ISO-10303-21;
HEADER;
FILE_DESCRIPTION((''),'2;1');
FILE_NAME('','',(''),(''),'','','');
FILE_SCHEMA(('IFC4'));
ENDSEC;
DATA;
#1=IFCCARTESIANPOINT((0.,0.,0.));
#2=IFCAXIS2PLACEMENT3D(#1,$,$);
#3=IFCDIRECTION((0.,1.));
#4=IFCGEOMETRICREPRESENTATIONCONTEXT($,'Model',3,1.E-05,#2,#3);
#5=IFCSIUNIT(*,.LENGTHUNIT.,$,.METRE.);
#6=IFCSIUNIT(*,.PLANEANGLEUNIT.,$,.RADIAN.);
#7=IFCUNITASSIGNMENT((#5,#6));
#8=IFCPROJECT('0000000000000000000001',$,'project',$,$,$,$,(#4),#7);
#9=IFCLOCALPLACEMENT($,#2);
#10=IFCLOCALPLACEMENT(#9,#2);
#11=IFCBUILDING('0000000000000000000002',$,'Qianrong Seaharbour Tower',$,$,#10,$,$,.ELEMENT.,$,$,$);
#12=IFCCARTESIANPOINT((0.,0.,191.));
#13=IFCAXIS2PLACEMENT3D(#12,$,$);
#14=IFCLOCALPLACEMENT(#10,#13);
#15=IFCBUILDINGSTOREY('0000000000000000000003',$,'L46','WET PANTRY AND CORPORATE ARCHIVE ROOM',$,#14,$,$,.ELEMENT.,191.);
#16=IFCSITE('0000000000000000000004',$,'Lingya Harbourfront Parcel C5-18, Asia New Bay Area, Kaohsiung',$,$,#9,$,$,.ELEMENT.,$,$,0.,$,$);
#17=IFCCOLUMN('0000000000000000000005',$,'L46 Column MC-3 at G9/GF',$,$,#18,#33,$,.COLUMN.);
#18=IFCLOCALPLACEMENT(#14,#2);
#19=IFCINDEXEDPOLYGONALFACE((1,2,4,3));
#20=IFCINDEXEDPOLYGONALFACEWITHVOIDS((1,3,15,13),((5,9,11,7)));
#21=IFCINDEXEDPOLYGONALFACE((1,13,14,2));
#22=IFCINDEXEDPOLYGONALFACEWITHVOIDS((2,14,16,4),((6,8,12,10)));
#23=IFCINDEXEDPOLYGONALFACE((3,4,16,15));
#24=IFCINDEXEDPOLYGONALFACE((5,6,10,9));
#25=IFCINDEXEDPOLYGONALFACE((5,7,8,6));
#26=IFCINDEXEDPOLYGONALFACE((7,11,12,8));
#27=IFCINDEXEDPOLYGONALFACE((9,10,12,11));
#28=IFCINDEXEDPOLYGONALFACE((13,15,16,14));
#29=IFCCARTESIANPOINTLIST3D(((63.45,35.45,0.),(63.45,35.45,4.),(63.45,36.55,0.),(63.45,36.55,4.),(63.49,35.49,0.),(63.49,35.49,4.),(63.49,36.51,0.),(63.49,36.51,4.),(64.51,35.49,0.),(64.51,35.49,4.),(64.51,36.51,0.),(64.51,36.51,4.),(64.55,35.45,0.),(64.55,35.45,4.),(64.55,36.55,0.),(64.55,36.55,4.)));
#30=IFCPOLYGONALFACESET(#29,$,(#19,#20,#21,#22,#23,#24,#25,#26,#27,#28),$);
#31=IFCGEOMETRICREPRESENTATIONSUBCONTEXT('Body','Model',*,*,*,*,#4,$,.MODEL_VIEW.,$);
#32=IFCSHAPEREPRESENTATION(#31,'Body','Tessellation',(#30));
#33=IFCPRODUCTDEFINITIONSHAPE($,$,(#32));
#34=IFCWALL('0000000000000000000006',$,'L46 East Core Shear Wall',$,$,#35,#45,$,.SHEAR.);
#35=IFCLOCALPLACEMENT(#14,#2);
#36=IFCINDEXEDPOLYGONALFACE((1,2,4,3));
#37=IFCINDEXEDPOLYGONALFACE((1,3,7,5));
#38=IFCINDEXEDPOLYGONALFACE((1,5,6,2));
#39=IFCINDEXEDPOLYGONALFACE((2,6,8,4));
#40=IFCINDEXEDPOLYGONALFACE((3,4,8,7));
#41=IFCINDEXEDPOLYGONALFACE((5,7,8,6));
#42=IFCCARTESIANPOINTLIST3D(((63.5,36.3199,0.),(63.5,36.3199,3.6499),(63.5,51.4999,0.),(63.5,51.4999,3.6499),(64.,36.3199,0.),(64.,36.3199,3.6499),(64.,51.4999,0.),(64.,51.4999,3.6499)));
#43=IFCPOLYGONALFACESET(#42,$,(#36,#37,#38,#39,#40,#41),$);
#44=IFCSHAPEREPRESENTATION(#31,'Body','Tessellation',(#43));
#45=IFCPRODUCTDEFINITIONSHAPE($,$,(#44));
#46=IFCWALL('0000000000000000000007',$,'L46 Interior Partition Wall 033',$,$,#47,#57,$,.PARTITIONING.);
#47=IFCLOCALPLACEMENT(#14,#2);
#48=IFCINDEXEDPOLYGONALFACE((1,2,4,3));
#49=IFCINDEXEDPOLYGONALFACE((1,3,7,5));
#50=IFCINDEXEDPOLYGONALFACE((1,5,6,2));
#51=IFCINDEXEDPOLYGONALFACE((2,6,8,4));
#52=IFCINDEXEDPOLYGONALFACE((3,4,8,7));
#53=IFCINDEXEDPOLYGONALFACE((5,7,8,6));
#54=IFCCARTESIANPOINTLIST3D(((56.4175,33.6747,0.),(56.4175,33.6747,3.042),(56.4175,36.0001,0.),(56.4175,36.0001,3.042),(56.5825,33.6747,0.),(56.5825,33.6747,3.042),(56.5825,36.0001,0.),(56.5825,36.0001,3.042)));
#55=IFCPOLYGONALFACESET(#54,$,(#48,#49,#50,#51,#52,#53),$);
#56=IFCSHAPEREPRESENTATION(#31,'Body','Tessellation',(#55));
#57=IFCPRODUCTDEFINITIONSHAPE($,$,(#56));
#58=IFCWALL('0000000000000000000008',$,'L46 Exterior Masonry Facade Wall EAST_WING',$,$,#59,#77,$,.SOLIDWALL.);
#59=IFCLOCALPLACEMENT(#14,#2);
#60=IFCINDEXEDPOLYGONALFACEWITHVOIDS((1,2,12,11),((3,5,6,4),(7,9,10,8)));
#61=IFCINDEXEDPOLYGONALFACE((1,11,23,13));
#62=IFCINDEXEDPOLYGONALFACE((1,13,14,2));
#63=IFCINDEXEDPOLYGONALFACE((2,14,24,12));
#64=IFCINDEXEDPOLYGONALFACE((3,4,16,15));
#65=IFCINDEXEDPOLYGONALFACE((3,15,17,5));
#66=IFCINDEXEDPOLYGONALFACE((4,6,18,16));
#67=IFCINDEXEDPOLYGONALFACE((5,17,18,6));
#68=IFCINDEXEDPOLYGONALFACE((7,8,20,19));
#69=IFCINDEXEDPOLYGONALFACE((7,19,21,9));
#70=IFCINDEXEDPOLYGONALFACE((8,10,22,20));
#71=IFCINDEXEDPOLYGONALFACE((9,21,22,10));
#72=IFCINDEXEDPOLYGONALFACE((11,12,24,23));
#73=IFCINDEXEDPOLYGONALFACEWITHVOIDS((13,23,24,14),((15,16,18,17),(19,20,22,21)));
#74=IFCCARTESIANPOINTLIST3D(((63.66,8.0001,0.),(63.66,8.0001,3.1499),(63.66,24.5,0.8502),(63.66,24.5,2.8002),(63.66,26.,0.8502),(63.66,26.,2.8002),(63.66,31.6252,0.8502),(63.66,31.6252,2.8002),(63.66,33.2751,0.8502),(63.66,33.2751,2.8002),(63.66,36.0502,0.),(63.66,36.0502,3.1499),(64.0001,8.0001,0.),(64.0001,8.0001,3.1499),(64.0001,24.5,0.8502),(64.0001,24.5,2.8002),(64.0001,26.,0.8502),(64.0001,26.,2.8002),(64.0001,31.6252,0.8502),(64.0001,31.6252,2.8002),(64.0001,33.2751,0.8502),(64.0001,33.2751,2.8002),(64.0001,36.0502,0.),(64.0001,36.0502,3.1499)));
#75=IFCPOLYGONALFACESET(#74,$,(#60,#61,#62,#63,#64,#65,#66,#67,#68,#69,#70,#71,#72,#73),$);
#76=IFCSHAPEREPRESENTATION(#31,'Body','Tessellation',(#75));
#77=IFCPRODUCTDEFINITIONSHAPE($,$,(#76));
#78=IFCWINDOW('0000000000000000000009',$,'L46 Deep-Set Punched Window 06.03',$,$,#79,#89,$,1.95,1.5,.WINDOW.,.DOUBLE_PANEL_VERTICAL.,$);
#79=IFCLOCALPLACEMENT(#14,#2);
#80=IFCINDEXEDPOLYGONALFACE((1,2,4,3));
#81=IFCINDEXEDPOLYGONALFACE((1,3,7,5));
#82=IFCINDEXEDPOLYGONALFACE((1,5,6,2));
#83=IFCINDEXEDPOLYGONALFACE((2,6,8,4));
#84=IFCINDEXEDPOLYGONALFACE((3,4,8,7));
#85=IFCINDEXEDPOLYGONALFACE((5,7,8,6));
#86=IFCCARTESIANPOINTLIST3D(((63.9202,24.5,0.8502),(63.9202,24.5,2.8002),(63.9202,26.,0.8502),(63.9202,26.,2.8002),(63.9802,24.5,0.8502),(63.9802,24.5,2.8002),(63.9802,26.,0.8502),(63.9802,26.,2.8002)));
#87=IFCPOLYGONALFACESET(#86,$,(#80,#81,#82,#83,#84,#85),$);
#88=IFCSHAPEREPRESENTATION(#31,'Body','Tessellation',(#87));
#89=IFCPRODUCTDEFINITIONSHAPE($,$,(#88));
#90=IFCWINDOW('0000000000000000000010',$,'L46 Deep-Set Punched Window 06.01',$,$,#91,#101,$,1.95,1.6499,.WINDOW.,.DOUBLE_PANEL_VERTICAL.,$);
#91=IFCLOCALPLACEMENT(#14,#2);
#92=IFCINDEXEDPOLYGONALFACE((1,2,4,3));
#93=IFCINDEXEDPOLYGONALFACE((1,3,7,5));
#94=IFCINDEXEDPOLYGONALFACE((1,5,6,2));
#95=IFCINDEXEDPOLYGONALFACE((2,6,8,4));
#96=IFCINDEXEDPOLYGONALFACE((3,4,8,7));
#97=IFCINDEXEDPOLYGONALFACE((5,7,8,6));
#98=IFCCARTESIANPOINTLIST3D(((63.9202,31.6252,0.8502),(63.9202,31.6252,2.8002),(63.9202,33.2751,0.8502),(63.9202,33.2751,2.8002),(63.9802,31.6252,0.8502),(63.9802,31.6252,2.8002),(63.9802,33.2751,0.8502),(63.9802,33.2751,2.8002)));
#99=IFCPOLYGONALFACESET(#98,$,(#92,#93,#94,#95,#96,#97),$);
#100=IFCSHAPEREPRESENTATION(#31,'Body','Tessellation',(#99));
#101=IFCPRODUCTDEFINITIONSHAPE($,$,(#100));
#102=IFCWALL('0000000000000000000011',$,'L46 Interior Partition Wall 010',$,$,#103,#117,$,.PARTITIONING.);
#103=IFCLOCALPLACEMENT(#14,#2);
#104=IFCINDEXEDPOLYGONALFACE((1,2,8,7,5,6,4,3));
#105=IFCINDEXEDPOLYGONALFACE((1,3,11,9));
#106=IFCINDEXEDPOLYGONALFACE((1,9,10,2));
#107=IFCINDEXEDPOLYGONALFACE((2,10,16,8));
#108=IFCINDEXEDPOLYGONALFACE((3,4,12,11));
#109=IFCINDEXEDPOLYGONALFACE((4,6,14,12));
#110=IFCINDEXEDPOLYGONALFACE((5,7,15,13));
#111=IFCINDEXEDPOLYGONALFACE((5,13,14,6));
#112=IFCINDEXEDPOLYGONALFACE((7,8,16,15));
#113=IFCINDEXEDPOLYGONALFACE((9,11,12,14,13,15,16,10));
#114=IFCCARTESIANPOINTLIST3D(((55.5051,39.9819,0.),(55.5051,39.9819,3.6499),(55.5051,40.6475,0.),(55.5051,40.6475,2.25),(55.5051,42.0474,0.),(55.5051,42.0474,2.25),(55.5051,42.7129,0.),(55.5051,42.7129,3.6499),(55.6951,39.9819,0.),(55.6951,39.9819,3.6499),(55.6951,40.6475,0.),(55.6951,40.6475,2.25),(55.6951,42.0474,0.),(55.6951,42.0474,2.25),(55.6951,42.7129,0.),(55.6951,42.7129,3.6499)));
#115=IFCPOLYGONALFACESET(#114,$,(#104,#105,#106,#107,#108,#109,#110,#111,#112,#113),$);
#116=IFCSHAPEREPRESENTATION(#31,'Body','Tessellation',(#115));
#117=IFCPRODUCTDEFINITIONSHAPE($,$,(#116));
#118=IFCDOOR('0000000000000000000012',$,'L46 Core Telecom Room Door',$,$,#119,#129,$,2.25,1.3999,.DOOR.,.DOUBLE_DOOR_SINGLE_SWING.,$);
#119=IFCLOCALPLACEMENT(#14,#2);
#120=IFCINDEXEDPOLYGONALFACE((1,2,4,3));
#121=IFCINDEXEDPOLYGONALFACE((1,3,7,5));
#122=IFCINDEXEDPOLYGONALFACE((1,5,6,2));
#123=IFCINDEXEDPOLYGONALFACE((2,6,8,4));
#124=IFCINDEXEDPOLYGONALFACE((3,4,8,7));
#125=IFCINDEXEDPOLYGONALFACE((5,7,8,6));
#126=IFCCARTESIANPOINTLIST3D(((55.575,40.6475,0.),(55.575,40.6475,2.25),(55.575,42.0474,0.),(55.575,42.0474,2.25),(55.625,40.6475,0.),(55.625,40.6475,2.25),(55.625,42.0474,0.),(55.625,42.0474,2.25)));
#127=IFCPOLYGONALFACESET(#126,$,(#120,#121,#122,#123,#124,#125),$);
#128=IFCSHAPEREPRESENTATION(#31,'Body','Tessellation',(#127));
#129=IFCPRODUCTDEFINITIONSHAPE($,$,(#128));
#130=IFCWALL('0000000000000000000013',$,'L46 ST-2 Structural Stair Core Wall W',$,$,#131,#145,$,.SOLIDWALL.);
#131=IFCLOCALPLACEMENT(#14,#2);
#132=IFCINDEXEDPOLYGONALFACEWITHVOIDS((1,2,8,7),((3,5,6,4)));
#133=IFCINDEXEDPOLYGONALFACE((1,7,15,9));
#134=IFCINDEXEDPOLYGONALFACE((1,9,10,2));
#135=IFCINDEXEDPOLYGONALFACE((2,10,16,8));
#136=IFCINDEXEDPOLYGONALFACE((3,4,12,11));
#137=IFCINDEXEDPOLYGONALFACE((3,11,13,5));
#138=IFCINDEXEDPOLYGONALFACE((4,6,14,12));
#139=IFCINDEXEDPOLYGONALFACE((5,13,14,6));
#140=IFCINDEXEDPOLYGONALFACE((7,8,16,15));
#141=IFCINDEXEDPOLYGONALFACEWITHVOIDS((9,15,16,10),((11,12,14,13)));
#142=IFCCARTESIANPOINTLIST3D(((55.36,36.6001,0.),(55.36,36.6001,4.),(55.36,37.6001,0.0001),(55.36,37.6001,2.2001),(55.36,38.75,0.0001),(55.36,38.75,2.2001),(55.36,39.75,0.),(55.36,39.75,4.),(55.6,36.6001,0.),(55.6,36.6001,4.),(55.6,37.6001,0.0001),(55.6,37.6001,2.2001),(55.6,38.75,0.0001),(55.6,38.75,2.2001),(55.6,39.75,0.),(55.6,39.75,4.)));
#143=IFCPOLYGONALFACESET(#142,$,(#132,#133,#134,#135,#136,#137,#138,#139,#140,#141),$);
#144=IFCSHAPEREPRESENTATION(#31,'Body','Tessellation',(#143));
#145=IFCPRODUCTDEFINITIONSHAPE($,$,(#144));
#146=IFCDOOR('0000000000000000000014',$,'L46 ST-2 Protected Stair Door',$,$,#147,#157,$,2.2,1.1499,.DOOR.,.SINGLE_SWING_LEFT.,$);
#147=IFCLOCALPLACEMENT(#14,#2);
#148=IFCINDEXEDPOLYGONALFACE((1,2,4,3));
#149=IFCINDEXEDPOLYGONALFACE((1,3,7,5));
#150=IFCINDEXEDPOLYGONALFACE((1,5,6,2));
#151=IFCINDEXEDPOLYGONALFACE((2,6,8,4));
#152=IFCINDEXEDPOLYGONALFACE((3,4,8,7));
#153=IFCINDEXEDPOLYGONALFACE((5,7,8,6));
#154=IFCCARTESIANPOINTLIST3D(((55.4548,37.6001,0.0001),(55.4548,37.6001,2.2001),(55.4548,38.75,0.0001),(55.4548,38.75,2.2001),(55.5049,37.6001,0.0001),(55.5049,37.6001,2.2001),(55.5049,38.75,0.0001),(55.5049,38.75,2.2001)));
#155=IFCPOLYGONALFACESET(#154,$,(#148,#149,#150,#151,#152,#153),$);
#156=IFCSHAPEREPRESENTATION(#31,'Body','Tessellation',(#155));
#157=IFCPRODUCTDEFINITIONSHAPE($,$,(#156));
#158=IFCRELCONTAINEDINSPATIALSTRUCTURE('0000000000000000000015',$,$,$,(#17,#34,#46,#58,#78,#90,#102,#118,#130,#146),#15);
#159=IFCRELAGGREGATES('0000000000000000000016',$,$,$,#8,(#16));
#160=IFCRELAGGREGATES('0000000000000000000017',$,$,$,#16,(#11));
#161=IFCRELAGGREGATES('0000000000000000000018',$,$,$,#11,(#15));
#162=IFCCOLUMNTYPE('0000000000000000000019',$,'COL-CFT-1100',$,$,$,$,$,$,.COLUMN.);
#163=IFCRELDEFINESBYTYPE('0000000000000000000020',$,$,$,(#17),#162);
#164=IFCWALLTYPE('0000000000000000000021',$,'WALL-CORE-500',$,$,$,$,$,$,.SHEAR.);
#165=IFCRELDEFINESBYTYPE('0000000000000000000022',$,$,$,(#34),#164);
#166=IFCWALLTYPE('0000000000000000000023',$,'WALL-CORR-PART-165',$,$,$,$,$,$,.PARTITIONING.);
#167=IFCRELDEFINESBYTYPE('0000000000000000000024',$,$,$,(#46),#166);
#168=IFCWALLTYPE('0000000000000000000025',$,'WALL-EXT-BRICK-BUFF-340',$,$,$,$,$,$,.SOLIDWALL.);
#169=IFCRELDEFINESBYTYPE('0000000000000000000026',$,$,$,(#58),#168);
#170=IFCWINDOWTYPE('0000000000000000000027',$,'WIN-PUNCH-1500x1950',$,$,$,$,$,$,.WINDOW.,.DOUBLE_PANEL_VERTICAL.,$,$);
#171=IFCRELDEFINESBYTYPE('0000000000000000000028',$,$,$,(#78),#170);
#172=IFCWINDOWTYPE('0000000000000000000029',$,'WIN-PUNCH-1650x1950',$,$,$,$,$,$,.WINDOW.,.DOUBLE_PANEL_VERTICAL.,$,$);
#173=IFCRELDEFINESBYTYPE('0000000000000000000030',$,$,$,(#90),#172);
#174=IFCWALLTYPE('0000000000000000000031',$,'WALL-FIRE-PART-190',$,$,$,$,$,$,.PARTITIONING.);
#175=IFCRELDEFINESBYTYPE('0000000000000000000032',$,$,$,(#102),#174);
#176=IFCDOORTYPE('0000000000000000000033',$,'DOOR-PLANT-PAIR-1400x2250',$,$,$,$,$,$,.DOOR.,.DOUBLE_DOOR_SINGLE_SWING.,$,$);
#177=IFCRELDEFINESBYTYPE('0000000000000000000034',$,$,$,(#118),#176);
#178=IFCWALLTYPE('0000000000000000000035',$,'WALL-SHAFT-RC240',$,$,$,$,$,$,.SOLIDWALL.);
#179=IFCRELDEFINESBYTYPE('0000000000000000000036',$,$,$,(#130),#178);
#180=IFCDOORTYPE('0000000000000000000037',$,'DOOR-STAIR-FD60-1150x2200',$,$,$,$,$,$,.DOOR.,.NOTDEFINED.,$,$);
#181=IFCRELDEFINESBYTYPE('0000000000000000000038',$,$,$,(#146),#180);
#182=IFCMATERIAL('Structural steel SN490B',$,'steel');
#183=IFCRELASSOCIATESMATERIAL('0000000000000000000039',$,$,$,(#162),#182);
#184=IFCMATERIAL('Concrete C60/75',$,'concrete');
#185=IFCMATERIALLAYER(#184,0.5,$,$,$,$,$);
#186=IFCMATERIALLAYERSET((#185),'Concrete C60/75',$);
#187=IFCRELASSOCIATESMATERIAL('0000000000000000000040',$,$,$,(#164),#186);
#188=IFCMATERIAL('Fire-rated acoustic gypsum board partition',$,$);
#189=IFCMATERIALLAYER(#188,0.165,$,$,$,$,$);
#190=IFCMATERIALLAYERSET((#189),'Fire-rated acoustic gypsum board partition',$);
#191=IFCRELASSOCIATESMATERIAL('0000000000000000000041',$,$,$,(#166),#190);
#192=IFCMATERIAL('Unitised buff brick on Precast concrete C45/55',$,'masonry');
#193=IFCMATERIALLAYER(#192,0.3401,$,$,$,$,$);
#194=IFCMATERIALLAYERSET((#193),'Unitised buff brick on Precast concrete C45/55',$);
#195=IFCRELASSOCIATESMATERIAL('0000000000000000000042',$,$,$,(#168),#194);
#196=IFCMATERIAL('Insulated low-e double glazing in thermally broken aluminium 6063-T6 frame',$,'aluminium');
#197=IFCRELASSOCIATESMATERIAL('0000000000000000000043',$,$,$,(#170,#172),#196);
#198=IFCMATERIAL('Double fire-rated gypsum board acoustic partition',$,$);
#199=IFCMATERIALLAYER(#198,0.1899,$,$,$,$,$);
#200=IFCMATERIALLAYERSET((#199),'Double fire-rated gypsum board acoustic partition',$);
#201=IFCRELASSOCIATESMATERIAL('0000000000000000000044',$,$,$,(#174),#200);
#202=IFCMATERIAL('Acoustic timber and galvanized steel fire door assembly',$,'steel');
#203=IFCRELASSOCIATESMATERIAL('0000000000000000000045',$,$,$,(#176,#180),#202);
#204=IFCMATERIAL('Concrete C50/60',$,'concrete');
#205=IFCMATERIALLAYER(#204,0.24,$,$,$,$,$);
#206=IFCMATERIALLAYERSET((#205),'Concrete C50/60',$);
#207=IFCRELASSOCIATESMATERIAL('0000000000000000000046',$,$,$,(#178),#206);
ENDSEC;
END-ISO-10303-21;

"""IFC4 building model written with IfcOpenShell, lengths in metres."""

from ifc_helpers import new_model, si_unit, direction, frame, frame_2d, origin, origin_2d, place, context, subcontext, project, spatial, rectangle, hollow_rectangle, extrude, material, layer, layer_set, material_profile, profile_set, type_object, element, fill, save


model = new_model("IFC4")

# Units and contexts
model_context = context("Model", 3, precision=1e-05, world=origin(), true_north=direction((0.0, 1.0)))
body_context = subcontext(model_context, "Body", "Model", "MODEL_VIEW")
ifc_project = project(units=[si_unit("LENGTHUNIT", "METRE"), si_unit("PLANEANGLEUNIT", "RADIAN")], contexts=[model_context])

# Site, building, storey
site_placement = place(None, origin())
site = spatial("IfcSite", under=ifc_project, at=site_placement, Name="Lingya Harbourfront Parcel C5-18, Asia New Bay Area, Kaohsiung", CompositionType="ELEMENT", RefElevation=0.0)
building_placement = place(site_placement, origin())
building = spatial("IfcBuilding", under=site, at=building_placement, Name="Qianrong Seaharbour Tower", CompositionType="ELEMENT")
storey_placement = place(building_placement, frame((0.0, 0.0, 191.0)))
storey = spatial("IfcBuildingStorey", under=building, at=storey_placement, Name="L46", Description="WET PANTRY AND CORPORATE ARCHIVE ROOM", CompositionType="ELEMENT", Elevation=191.0)

# Column
ifc_material_1 = material(Name="Structural steel SN490B", Category="steel")
ifc_material_profile = material_profile(ifc_material_1, hollow_rectangle(XDim=1.1001, YDim=1.1001, WallThickness=0.04, at=origin_2d()), Name="BOX1100x1100x40")
ifc_profile_set = profile_set([ifc_material_profile], Name="Structural steel SN490B")
column_type = type_object("IfcColumnType", Name="COL-CFT-1100", PredefinedType="COLUMN", material=ifc_profile_set)
column_placement = place(storey_placement, frame((64.0, 36.0, 0.0), z_axis=(0.0, 0.0, 1.0), x_axis=(1.0, 0.0, 0.0)))
element("IfcColumn", 1, at=column_placement, inside=storey, type_object=column_type, Name="L46 Column MC-3 at G9/GF", PredefinedType="COLUMN", context=body_context, shape_type="SweptSolid", body=[
    extrude(hollow_rectangle(XDim=1.1001, YDim=1.1001, WallThickness=0.04, at=origin_2d()), origin(), (0.0, 0.0, 1.0), 4.0),
])

# Walls
ifc_material_2 = material(Name="Concrete C60/75", Category="concrete")
ifc_layer_1 = layer(ifc_material_2, 0.5)
ifc_layer_set_1 = layer_set([ifc_layer_1], Name="Concrete C60/75")
wall_type_1 = type_object("IfcWallType", Name="WALL-CORE-500", PredefinedType="SHEAR", material=ifc_layer_set_1)
wall_1_placement = place(storey_placement, frame((63.75, 36.3201, 0.0), z_axis=(0.0, 0.0, 1.0), x_axis=(0.0, 1.0, 0.0)))
element("IfcWall", 2, at=wall_1_placement, inside=storey, type_object=wall_type_1, Name="L46 East Core Shear Wall", PredefinedType="SHEAR", context=body_context, shape_type="SweptSolid", body=[
    extrude(rectangle(XDim=15.1799, YDim=0.5, at=frame_2d((7.5898, 0.0))), origin(), (0.0, 0.0, 1.0), 3.6499),
])
ifc_material_3 = material(Name="Fire-rated acoustic gypsum board partition")
ifc_layer_2 = layer(ifc_material_3, 0.165)
ifc_layer_set_2 = layer_set([ifc_layer_2], Name="Fire-rated acoustic gypsum board partition")
wall_type_2 = type_object("IfcWallType", Name="WALL-CORR-PART-165", PredefinedType="PARTITIONING", material=ifc_layer_set_2)
wall_2_placement = place(storey_placement, frame((56.5, 36.0, 0.0), z_axis=(0.0, 0.0, 1.0), x_axis=(0.0, -1.0, 0.0)))
element("IfcWall", 3, at=wall_2_placement, inside=storey, type_object=wall_type_2, Name="L46 Interior Partition Wall 033", PredefinedType="PARTITIONING", context=body_context, shape_type="SweptSolid", body=[
    extrude(rectangle(XDim=2.3254, YDim=0.165, at=frame_2d((1.1626, 0.0))), origin(), (0.0, 0.0, 1.0), 3.042),
])

# Wall, openings, windows
ifc_material_4 = material(Name="Unitised buff brick on Precast concrete C45/55", Category="masonry")
ifc_layer_3 = layer(ifc_material_4, 0.3401)
ifc_layer_set_3 = layer_set([ifc_layer_3], Name="Unitised buff brick on Precast concrete C45/55")
wall_type_3 = type_object("IfcWallType", Name="WALL-EXT-BRICK-BUFF-340", PredefinedType="SOLIDWALL", material=ifc_layer_set_3)
wall_3_placement = place(storey_placement, frame((63.8301, 36.05, 0.0), z_axis=(0.0, 0.0, 1.0), x_axis=(0.0, -1.0, 0.0)))
wall_3 = element("IfcWall", 4, at=wall_3_placement, inside=storey, type_object=wall_type_3, Name="L46 Exterior Masonry Facade Wall EAST_WING", PredefinedType="SOLIDWALL", context=body_context, shape_type="SweptSolid", body=[
    extrude(rectangle(XDim=28.05, YDim=0.3401, at=frame_2d((14.0249, 0.0))), origin(), (0.0, 0.0, 1.0), 3.1499),
])
opening_1_placement = place(wall_3_placement, frame((2.7749, 0.0, 0.8501)))
opening_1 = element("IfcOpeningElement", 5, at=opening_1_placement, cuts=wall_3, PredefinedType="OPENING", context=body_context, shape_type="SweptSolid", body=[
    extrude(rectangle(XDim=1.6499, YDim=1.95, at=frame_2d((0.825, 0.9751))), frame((0.0, 0.1802, 0.0), z_axis=(0.0, -1.0, 0.0), x_axis=(1.0, 0.0, 0.0)), (0.0, 0.0, 1.0), 0.3601),
])
opening_2_placement = place(wall_3_placement, frame((10.05, 0.0, 0.8501)))
opening_2 = element("IfcOpeningElement", 6, at=opening_2_placement, cuts=wall_3, PredefinedType="OPENING", context=body_context, shape_type="SweptSolid", body=[
    extrude(rectangle(XDim=1.5, YDim=1.95, at=frame_2d((0.75, 0.9751))), frame((0.0, 0.1802, 0.0), z_axis=(0.0, -1.0, 0.0), x_axis=(1.0, 0.0, 0.0)), (0.0, 0.0, 1.0), 0.3601),
])
ifc_material_5 = material(Name="Insulated low-e double glazing in thermally broken aluminium 6063-T6 frame", Category="aluminium")
window_type_1 = type_object("IfcWindowType", Name="WIN-PUNCH-1500x1950", PartitioningType="DOUBLE_PANEL_VERTICAL", PredefinedType="WINDOW", material=ifc_material_5)
window_1_placement = place(opening_2_placement, origin())
window_1 = element("IfcWindow", 7, at=window_1_placement, inside=storey, type_object=window_type_1, Name="L46 Deep-Set Punched Window 06.03", OverallHeight=1.95, OverallWidth=1.5, PartitioningType="DOUBLE_PANEL_VERTICAL", PredefinedType="WINDOW", context=body_context, shape_type="SweptSolid", body=[
    extrude(rectangle(XDim=1.5, YDim=1.95, at=frame_2d((0.75, 0.9751))), frame((0.0, 0.1501, 0.0), z_axis=(0.0, -1.0, 0.0), x_axis=(1.0, 0.0, 0.0)), (0.0, 0.0, 1.0), 0.0601),
])
fill(opening_2, window_1)
window_type_2 = type_object("IfcWindowType", Name="WIN-PUNCH-1650x1950", PartitioningType="DOUBLE_PANEL_VERTICAL", PredefinedType="WINDOW", material=ifc_material_5)
window_2_placement = place(opening_1_placement, origin())
window_2 = element("IfcWindow", 8, at=window_2_placement, inside=storey, type_object=window_type_2, Name="L46 Deep-Set Punched Window 06.01", OverallHeight=1.95, OverallWidth=1.6499, PartitioningType="DOUBLE_PANEL_VERTICAL", PredefinedType="WINDOW", context=body_context, shape_type="SweptSolid", body=[
    extrude(rectangle(XDim=1.6499, YDim=1.95, at=frame_2d((0.825, 0.9751))), frame((0.0, 0.1501, 0.0), z_axis=(0.0, -1.0, 0.0), x_axis=(1.0, 0.0, 0.0)), (0.0, 0.0, 1.0), 0.0601),
])
fill(opening_1, window_2)

# Walls, openings, doors
ifc_material_6 = material(Name="Double fire-rated gypsum board acoustic partition")
ifc_layer_4 = layer(ifc_material_6, 0.1899)
ifc_layer_set_4 = layer_set([ifc_layer_4], Name="Double fire-rated gypsum board acoustic partition")
wall_type_4 = type_object("IfcWallType", Name="WALL-FIRE-PART-190", PredefinedType="PARTITIONING", material=ifc_layer_set_4)
wall_4_placement = place(storey_placement, frame((55.6001, 42.7129, 0.0), z_axis=(0.0, 0.0, 1.0), x_axis=(0.0, -1.0, 0.0)))
wall_4 = element("IfcWall", 9, at=wall_4_placement, inside=storey, type_object=wall_type_4, Name="L46 Interior Partition Wall 010", PredefinedType="PARTITIONING", context=body_context, shape_type="SweptSolid", body=[
    extrude(rectangle(XDim=2.731, YDim=0.1899, at=frame_2d((1.3655, 0.0))), origin(), (0.0, 0.0, 1.0), 3.6499),
])
opening_3_placement = place(wall_4_placement, frame((0.6655, 0.0, 0.0)))
opening_3 = element("IfcOpeningElement", 10, at=opening_3_placement, cuts=wall_4, PredefinedType="OPENING", context=body_context, shape_type="SweptSolid", body=[
    extrude(rectangle(XDim=1.3999, YDim=2.25, at=frame_2d((0.7, 1.125))), frame((0.0, 0.105, 0.0), z_axis=(0.0, -1.0, 0.0), x_axis=(1.0, 0.0, 0.0)), (0.0, 0.0, 1.0), 0.21),
])
ifc_material_7 = material(Name="Acoustic timber and galvanized steel fire door assembly", Category="steel")
door_type_1 = type_object("IfcDoorType", Name="DOOR-PLANT-PAIR-1400x2250", OperationType="DOUBLE_DOOR_SINGLE_SWING", PredefinedType="DOOR", material=ifc_material_7)
door_1_placement = place(opening_3_placement, origin())
door_1 = element("IfcDoor", 11, at=door_1_placement, inside=storey, type_object=door_type_1, Name="L46 Core Telecom Room Door", OperationType="DOUBLE_DOOR_SINGLE_SWING", OverallHeight=2.25, OverallWidth=1.3999, PredefinedType="DOOR", context=body_context, shape_type="SweptSolid", body=[
    extrude(rectangle(XDim=1.3999, YDim=2.25, at=frame_2d((0.7, 1.125))), frame((0.0, 0.0249, 0.0), z_axis=(0.0, -1.0, 0.0), x_axis=(1.0, 0.0, 0.0)), (0.0, 0.0, 1.0), 0.05),
])
fill(opening_3, door_1)
ifc_material_8 = material(Name="Concrete C50/60", Category="concrete")
ifc_layer_5 = layer(ifc_material_8, 0.24)
ifc_layer_set_5 = layer_set([ifc_layer_5], Name="Concrete C50/60")
wall_type_5 = type_object("IfcWallType", Name="WALL-SHAFT-RC240", PredefinedType="SOLIDWALL", material=ifc_layer_set_5)
wall_5_placement = place(storey_placement, frame((55.48, 39.75, 0.0), z_axis=(0.0, 0.0, 1.0), x_axis=(0.0, -1.0, 0.0)))
wall_5 = element("IfcWall", 12, at=wall_5_placement, inside=storey, type_object=wall_type_5, Name="L46 ST-2 Structural Stair Core Wall W", PredefinedType="SOLIDWALL", context=body_context, shape_type="SweptSolid", body=[
    extrude(rectangle(XDim=3.1499, YDim=0.24, at=frame_2d((1.575, 0.0))), origin(), (0.0, 0.0, 1.0), 4.0),
])
opening_4_placement = place(wall_5_placement, frame((1.0, 0.0, 0.0)))
opening_4 = element("IfcOpeningElement", 13, at=opening_4_placement, cuts=wall_5, PredefinedType="OPENING", context=body_context, shape_type="SweptSolid", body=[
    extrude(rectangle(XDim=1.1499, YDim=2.2, at=frame_2d((0.575, 1.1001))), frame((0.0, 0.1299, 0.0), z_axis=(0.0, -1.0, 0.0), x_axis=(1.0, 0.0, 0.0)), (0.0, 0.0, 1.0), 0.26),
])
door_type_2 = type_object("IfcDoorType", Name="DOOR-STAIR-FD60-1150x2200", OperationType="NOTDEFINED", PredefinedType="DOOR", material=ifc_material_7)
door_2_placement = place(opening_4_placement, origin())
door_2 = element("IfcDoor", 14, at=door_2_placement, inside=storey, type_object=door_type_2, Name="L46 ST-2 Protected Stair Door", OperationType="SINGLE_SWING_LEFT", OverallHeight=2.2, OverallWidth=1.1499, PredefinedType="DOOR", context=body_context, shape_type="SweptSolid", body=[
    extrude(rectangle(XDim=1.1499, YDim=2.2, at=frame_2d((0.575, 1.1001))), frame((0.0, 0.0249, 0.0), z_axis=(0.0, -1.0, 0.0), x_axis=(1.0, 0.0, 0.0)), (0.0, 0.0, 1.0), 0.05),
])
fill(opening_4, door_2)

save(model, "model.ifc")
